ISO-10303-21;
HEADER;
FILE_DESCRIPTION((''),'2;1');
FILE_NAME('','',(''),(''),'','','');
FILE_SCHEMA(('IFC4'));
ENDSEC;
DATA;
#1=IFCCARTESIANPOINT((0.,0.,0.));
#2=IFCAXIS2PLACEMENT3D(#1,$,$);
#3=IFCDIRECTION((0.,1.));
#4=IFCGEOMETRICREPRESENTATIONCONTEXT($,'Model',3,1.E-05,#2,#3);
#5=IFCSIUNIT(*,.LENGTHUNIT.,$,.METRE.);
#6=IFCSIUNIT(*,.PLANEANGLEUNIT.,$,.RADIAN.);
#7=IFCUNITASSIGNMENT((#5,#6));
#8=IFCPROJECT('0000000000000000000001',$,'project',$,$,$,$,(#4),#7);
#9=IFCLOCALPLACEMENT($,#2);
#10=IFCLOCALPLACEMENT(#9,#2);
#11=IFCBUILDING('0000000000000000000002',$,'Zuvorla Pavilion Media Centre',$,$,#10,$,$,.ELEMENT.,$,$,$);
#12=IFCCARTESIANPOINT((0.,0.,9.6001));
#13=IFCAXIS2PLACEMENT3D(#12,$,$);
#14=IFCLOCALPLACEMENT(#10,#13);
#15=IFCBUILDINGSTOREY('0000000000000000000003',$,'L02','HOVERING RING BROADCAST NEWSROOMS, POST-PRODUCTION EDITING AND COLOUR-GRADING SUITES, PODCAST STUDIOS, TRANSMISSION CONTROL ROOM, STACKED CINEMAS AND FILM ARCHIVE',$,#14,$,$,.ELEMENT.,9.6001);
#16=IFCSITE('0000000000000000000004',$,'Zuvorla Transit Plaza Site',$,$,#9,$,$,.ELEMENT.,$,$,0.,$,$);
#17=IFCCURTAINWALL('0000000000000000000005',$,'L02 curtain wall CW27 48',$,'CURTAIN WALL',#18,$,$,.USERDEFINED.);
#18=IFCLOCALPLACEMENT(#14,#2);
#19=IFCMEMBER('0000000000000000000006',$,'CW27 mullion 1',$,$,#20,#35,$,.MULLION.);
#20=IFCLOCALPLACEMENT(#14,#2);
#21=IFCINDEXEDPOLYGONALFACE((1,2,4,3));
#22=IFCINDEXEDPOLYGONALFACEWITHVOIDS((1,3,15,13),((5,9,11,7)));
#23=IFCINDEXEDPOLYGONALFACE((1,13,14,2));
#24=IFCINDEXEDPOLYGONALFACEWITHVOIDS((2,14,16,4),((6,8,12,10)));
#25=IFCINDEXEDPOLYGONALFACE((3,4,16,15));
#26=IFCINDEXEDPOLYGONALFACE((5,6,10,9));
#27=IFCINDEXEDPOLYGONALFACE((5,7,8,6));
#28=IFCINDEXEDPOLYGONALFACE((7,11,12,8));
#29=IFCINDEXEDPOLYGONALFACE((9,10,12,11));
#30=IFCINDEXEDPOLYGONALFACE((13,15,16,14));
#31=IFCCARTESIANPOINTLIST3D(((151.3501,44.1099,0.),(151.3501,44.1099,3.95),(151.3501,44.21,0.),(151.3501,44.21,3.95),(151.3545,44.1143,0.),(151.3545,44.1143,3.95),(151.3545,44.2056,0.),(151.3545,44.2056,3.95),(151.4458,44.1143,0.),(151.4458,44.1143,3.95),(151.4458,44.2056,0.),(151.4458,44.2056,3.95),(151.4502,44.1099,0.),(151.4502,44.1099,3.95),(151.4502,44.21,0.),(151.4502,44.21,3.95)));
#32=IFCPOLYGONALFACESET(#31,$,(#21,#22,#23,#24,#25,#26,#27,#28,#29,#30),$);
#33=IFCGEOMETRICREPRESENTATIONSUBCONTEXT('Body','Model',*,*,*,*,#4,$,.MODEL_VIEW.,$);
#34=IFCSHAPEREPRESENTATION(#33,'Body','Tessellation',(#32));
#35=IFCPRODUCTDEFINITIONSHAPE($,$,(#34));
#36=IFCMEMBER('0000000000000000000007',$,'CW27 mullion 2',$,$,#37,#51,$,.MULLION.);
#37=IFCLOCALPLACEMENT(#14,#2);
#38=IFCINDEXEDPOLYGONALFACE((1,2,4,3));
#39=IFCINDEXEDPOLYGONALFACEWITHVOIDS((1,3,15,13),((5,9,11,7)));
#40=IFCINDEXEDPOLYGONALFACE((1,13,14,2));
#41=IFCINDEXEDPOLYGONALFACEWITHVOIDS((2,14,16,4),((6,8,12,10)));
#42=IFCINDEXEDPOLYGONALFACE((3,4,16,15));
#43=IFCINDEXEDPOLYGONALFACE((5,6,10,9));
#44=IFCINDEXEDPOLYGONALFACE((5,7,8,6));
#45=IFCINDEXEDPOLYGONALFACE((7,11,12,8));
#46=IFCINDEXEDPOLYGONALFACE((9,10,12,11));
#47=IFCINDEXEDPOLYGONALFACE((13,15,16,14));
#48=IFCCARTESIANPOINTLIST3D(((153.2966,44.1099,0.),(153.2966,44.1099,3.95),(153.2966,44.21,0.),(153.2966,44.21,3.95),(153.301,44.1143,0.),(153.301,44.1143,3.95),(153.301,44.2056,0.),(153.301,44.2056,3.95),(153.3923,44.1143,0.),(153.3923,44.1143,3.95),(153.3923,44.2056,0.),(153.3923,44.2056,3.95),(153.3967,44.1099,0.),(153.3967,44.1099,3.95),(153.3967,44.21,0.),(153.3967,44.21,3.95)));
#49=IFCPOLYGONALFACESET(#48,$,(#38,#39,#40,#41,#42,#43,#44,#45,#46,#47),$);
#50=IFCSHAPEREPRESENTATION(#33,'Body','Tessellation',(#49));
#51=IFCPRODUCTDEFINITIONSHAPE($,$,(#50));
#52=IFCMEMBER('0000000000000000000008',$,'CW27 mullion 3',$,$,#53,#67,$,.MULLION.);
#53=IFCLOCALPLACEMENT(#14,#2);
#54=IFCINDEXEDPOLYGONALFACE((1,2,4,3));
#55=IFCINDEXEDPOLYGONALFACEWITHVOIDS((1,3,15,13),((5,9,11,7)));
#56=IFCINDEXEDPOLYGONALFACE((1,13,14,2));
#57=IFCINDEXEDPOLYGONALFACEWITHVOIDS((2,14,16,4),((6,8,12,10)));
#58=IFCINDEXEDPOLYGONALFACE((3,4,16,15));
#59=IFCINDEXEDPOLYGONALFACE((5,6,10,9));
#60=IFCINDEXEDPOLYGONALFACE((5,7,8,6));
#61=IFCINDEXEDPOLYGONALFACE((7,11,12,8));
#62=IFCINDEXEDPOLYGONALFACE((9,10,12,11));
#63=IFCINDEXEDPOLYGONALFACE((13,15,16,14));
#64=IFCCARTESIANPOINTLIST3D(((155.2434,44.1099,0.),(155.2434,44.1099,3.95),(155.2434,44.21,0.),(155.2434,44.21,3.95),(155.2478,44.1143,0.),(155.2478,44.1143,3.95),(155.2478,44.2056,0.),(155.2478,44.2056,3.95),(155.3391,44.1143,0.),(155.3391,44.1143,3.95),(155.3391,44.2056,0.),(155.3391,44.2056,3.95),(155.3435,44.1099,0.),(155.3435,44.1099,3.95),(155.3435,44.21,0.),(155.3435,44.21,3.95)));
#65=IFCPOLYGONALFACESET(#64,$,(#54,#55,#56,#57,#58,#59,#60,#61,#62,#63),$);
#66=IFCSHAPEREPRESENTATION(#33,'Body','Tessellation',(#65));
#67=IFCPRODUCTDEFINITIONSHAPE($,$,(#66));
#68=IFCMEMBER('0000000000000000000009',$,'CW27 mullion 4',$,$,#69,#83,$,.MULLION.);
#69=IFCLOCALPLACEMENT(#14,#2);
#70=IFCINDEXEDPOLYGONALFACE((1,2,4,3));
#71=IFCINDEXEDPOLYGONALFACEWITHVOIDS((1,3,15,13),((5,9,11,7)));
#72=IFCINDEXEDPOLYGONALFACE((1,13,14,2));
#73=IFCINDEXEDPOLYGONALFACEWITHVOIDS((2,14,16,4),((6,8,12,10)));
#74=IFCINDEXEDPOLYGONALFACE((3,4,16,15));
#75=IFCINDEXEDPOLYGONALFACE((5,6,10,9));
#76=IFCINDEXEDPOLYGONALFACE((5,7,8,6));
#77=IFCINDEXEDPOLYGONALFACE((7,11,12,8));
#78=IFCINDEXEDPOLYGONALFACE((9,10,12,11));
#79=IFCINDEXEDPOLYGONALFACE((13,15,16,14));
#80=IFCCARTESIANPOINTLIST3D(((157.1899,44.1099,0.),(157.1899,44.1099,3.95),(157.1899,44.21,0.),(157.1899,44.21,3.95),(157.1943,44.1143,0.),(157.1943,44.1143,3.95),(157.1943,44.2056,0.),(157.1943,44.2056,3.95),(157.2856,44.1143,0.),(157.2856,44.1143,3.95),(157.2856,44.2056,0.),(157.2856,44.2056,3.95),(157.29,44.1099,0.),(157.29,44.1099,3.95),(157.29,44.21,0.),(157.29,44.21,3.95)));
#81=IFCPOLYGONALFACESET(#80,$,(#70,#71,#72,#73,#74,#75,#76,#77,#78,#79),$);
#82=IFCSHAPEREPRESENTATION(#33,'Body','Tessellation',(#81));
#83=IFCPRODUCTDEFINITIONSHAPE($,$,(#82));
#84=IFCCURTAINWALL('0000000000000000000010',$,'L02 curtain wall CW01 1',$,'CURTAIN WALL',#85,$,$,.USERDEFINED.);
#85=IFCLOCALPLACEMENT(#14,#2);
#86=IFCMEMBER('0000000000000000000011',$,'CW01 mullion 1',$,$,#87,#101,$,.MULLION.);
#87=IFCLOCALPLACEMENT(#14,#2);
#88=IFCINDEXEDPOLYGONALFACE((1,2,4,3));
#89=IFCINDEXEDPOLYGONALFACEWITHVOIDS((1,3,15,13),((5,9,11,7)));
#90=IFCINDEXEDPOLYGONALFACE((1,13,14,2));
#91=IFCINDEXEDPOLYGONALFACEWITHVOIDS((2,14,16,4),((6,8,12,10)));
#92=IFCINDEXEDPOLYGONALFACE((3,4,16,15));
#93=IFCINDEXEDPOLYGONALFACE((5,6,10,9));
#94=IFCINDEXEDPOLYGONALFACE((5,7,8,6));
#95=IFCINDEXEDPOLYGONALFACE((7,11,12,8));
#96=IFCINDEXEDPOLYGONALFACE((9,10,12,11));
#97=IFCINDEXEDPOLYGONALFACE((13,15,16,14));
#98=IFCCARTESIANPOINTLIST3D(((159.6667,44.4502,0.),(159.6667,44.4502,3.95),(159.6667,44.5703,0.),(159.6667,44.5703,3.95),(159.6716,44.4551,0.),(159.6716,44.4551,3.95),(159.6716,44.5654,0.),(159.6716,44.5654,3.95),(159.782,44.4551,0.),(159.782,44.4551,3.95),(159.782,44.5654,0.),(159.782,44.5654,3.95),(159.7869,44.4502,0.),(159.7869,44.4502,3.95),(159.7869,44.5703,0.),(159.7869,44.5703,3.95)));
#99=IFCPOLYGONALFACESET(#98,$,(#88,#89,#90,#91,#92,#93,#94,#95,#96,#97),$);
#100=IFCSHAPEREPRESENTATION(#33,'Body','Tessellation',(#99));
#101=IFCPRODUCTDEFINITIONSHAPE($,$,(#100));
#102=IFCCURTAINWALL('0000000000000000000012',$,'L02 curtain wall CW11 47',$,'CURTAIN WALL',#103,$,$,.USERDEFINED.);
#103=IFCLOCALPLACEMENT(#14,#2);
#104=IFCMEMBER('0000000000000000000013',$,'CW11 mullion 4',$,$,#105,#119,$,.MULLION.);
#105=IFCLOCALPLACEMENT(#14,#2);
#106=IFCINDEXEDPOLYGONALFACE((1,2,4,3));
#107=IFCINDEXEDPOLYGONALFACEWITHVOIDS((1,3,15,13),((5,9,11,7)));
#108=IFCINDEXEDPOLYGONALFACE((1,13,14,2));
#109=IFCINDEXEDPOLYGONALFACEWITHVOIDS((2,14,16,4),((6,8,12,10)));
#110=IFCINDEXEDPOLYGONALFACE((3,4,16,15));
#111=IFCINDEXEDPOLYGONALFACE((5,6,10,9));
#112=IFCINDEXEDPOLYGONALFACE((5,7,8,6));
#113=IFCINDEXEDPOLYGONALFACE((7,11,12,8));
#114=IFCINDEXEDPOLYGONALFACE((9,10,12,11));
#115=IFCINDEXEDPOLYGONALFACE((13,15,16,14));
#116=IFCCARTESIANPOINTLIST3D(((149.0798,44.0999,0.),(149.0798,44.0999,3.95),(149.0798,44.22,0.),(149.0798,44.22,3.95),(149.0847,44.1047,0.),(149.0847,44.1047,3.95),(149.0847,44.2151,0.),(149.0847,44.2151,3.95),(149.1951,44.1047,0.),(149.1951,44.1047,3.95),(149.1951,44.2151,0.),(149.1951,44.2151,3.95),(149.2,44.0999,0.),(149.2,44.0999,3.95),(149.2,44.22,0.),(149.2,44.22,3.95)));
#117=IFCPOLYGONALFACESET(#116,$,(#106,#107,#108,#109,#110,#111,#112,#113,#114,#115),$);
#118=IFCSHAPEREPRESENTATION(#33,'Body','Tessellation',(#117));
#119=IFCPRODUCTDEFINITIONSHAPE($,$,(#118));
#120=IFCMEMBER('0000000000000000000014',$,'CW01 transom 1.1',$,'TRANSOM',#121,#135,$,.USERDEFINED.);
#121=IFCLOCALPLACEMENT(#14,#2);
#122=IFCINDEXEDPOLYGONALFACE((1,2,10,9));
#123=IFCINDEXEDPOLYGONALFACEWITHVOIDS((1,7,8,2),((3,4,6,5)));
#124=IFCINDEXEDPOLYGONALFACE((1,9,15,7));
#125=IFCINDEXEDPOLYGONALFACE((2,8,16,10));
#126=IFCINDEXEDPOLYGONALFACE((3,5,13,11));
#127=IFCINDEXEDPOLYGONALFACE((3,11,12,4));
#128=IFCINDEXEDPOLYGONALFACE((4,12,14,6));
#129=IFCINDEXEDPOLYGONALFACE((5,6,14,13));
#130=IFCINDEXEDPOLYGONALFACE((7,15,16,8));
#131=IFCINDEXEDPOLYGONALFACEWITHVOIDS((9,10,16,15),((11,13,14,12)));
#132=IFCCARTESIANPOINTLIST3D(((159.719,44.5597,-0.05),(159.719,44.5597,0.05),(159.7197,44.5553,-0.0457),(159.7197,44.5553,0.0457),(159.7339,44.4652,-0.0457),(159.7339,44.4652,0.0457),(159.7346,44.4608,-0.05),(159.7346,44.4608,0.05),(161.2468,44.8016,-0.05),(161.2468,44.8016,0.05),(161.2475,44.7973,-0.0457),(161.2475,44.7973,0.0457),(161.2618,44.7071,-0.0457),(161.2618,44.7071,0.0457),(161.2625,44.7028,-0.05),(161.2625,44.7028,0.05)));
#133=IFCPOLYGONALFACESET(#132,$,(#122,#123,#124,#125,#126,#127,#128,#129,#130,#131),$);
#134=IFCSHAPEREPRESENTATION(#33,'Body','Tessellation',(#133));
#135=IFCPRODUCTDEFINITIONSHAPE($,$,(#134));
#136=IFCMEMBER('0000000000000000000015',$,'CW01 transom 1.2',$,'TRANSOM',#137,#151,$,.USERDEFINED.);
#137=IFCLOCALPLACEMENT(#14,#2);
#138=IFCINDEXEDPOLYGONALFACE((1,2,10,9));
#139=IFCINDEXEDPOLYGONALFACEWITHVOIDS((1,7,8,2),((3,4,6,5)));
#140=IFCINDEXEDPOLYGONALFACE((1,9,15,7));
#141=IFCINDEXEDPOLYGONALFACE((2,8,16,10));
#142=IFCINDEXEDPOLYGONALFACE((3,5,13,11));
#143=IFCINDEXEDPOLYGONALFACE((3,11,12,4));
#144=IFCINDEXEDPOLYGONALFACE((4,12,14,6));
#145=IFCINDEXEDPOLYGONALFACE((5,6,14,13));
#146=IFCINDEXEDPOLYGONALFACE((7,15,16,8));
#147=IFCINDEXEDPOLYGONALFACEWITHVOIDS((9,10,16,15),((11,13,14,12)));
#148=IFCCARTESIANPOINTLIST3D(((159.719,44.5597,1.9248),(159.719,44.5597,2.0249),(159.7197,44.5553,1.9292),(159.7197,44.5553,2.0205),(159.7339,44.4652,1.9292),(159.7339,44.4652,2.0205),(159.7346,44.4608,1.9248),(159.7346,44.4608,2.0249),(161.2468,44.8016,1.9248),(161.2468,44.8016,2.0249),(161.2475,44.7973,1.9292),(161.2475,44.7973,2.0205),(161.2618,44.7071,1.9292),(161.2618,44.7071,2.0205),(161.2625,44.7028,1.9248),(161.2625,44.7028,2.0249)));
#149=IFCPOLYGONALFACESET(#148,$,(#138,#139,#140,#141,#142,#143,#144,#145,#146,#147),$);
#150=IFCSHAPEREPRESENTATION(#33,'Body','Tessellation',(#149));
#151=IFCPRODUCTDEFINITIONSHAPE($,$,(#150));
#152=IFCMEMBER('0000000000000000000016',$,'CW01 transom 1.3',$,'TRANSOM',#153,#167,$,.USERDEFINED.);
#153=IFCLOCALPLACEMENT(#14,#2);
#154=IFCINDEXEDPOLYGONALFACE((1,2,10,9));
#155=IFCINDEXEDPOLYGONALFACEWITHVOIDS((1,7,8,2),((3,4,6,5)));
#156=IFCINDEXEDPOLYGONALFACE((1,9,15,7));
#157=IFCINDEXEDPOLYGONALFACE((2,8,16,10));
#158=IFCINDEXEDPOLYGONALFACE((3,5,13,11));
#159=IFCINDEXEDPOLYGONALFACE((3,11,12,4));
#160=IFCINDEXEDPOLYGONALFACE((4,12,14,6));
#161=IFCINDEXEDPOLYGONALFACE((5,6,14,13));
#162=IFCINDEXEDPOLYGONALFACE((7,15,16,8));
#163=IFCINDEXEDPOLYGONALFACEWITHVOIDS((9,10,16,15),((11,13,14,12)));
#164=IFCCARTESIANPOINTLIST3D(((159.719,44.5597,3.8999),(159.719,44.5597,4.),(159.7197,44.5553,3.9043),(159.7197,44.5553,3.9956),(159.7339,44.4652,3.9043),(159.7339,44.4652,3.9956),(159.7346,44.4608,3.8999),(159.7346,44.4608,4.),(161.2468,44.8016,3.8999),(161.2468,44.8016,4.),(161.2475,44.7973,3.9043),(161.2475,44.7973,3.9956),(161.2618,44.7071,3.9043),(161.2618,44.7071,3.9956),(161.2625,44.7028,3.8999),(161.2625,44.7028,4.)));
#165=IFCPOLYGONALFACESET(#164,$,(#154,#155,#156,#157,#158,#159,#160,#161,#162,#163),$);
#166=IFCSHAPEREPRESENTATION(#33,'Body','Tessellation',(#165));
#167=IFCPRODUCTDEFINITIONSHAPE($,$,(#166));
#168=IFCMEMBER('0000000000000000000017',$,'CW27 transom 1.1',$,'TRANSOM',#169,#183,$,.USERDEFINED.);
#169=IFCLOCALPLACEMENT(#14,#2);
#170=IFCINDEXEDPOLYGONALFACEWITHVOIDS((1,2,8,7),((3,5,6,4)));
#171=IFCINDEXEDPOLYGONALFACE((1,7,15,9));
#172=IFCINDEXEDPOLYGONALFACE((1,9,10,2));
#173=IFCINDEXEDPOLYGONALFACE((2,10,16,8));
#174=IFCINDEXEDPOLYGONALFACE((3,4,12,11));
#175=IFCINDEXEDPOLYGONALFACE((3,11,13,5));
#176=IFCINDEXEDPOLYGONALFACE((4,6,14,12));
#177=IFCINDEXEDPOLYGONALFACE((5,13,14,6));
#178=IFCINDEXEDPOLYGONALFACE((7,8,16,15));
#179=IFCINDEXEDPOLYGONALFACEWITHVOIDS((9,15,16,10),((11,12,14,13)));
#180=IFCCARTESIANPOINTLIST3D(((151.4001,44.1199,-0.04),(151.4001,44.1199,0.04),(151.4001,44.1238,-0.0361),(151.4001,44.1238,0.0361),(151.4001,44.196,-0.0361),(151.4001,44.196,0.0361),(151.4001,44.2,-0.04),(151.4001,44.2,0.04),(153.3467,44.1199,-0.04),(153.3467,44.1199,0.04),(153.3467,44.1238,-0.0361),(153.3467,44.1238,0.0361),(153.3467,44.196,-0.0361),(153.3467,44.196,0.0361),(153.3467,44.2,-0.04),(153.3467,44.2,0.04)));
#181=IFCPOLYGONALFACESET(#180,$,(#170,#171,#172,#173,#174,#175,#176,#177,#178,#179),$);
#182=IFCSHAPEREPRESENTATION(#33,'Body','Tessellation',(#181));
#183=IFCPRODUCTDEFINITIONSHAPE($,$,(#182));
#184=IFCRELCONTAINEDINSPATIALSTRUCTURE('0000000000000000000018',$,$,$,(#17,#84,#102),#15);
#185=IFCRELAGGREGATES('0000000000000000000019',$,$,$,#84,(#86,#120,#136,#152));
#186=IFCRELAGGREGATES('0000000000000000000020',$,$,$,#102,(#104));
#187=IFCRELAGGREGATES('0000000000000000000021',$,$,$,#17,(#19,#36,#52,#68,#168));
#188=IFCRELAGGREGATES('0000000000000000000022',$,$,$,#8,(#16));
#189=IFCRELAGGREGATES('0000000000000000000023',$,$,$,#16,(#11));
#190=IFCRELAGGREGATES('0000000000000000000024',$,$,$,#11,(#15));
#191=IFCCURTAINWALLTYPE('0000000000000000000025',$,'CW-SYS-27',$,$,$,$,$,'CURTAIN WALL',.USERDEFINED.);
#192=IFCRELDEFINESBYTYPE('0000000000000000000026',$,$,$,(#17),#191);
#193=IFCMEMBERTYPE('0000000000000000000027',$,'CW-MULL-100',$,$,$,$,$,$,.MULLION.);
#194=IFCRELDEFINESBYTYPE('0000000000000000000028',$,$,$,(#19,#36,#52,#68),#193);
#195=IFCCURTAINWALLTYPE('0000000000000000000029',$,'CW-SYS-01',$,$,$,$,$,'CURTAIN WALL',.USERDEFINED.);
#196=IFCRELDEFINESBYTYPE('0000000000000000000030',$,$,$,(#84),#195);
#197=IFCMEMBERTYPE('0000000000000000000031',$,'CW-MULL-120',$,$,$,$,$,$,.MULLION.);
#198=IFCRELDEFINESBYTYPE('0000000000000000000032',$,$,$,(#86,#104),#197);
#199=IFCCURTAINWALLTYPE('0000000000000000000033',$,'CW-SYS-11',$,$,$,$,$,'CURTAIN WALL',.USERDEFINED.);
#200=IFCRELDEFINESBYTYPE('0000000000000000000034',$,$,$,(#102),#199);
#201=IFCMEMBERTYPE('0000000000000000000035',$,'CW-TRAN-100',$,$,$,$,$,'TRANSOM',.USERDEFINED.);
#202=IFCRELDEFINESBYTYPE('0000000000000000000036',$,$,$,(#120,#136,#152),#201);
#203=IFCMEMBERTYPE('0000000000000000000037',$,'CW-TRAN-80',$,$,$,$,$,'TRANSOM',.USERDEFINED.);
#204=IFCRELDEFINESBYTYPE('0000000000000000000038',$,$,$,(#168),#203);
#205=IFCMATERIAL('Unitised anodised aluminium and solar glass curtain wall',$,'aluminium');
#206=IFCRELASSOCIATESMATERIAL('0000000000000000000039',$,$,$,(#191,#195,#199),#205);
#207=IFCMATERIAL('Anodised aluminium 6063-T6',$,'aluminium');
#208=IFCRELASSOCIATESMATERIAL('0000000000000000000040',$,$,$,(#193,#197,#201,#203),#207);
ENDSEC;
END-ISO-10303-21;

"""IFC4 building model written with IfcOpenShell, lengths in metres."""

from ifc_helpers import new_model, si_unit, direction, frame, origin, origin_2d, place, context, subcontext, project, spatial, hollow_rectangle, extrude, material, material_profile, profile_set, type_object, element, aggregate, save


model = new_model("IFC4")

# Units and contexts
model_context = context("Model", 3, precision=1e-05, world=origin(), true_north=direction((0.0, 1.0)))
body_context = subcontext(model_context, "Body", "Model", "MODEL_VIEW")
ifc_project = project(units=[si_unit("LENGTHUNIT", "METRE"), si_unit("PLANEANGLEUNIT", "RADIAN")], contexts=[model_context])

# Site, building, storey
site_placement = place(None, origin())
site = spatial("IfcSite", under=ifc_project, at=site_placement, Name="Zuvorla Transit Plaza Site", CompositionType="ELEMENT", RefElevation=0.0)
building_placement = place(site_placement, origin())
building = spatial("IfcBuilding", under=site, at=building_placement, Name="Zuvorla Pavilion Media Centre", CompositionType="ELEMENT")
storey_placement = place(building_placement, frame((0.0, 0.0, 9.6001)))
storey = spatial("IfcBuildingStorey", under=building, at=storey_placement, Name="L02", Description="HOVERING RING BROADCAST NEWSROOMS, POST-PRODUCTION EDITING AND COLOUR-GRADING SUITES, PODCAST STUDIOS, TRANSMISSION CONTROL ROOM, STACKED CINEMAS AND FILM ARCHIVE", CompositionType="ELEMENT", Elevation=9.6001)

# Curtain wall, members
ifc_material_1 = material(Name="Unitised anodised aluminium and solar glass curtain wall", Category="aluminium")
curtain_wall_type_1 = type_object("IfcCurtainWallType", Name="CW-SYS-27", ElementType="CURTAIN WALL", PredefinedType="USERDEFINED", material=ifc_material_1)
curtain_wall_1_placement = place(storey_placement, origin())
curtain_wall_1 = element("IfcCurtainWall", 1, at=curtain_wall_1_placement, inside=storey, type_object=curtain_wall_type_1, Name="L02 curtain wall CW27 48", ObjectType="CURTAIN WALL", PredefinedType="USERDEFINED")
ifc_material_2 = material(Name="Anodised aluminium 6063-T6", Category="aluminium")
ifc_material_profile_1 = material_profile(ifc_material_2, hollow_rectangle(XDim=0.1001, YDim=0.1001, WallThickness=0.0044, at=origin_2d()), Name="ALU MULL 100x100")
ifc_profile_set_1 = profile_set([ifc_material_profile_1], Name="Anodised aluminium 6063-T6")
member_type_1 = type_object("IfcMemberType", Name="CW-MULL-100", PredefinedType="MULLION", material=ifc_profile_set_1)
member_1_placement = place(storey_placement, frame((151.4001, 44.1599, 0.0), z_axis=(0.0, 0.0, 1.0), x_axis=(1.0, 0.0, 0.0)))
member_1 = element("IfcMember", 2, at=member_1_placement, type_object=member_type_1, Name="CW27 mullion 1", PredefinedType="MULLION", context=body_context, shape_type="SweptSolid", body=[
    extrude(hollow_rectangle(XDim=0.1001, YDim=0.1001, WallThickness=0.0044, at=origin_2d()), origin(), (0.0, 0.0, 1.0), 3.95),
])
member_2_placement = place(storey_placement, frame((153.3467, 44.1599, 0.0), z_axis=(0.0, 0.0, 1.0), x_axis=(1.0, 0.0, 0.0)))
member_2 = element("IfcMember", 3, at=member_2_placement, type_object=member_type_1, Name="CW27 mullion 2", PredefinedType="MULLION", context=body_context, shape_type="SweptSolid", body=[
    extrude(hollow_rectangle(XDim=0.1001, YDim=0.1001, WallThickness=0.0044, at=origin_2d()), origin(), (0.0, 0.0, 1.0), 3.95),
])
member_3_placement = place(storey_placement, frame((155.2935, 44.1599, 0.0), z_axis=(0.0, 0.0, 1.0), x_axis=(1.0, 0.0, 0.0)))
member_3 = element("IfcMember", 4, at=member_3_placement, type_object=member_type_1, Name="CW27 mullion 3", PredefinedType="MULLION", context=body_context, shape_type="SweptSolid", body=[
    extrude(hollow_rectangle(XDim=0.1001, YDim=0.1001, WallThickness=0.0044, at=origin_2d()), origin(), (0.0, 0.0, 1.0), 3.95),
])
member_4_placement = place(storey_placement, frame((157.24, 44.1599, 0.0), z_axis=(0.0, 0.0, 1.0), x_axis=(1.0, 0.0, 0.0)))
member_4 = element("IfcMember", 5, at=member_4_placement, type_object=member_type_1, Name="CW27 mullion 4", PredefinedType="MULLION", context=body_context, shape_type="SweptSolid", body=[
    extrude(hollow_rectangle(XDim=0.1001, YDim=0.1001, WallThickness=0.0044, at=origin_2d()), origin(), (0.0, 0.0, 1.0), 3.95),
])

# Curtain walls, members
curtain_wall_type_2 = type_object("IfcCurtainWallType", Name="CW-SYS-01", ElementType="CURTAIN WALL", PredefinedType="USERDEFINED", material=ifc_material_1)
curtain_wall_2_placement = place(storey_placement, origin())
curtain_wall_2 = element("IfcCurtainWall", 6, at=curtain_wall_2_placement, inside=storey, type_object=curtain_wall_type_2, Name="L02 curtain wall CW01 1", ObjectType="CURTAIN WALL", PredefinedType="USERDEFINED")
ifc_material_profile_2 = material_profile(ifc_material_2, hollow_rectangle(XDim=0.1201, YDim=0.1201, WallThickness=0.0049, at=origin_2d()), Name="ALU MULL 120x120")
ifc_profile_set_2 = profile_set([ifc_material_profile_2], Name="Anodised aluminium 6063-T6")
member_type_2 = type_object("IfcMemberType", Name="CW-MULL-120", PredefinedType="MULLION", material=ifc_profile_set_2)
member_5_placement = place(storey_placement, frame((159.7268, 44.5103, 0.0), z_axis=(0.0, 0.0, 1.0), x_axis=(1.0, 0.0, 0.0)))
member_5 = element("IfcMember", 7, at=member_5_placement, type_object=member_type_2, Name="CW01 mullion 1", PredefinedType="MULLION", context=body_context, shape_type="SweptSolid", body=[
    extrude(hollow_rectangle(XDim=0.1201, YDim=0.1201, WallThickness=0.0049, at=origin_2d()), origin(), (0.0, 0.0, 1.0), 3.95),
])
curtain_wall_type_3 = type_object("IfcCurtainWallType", Name="CW-SYS-11", ElementType="CURTAIN WALL", PredefinedType="USERDEFINED", material=ifc_material_1)
curtain_wall_3_placement = place(storey_placement, origin())
curtain_wall_3 = element("IfcCurtainWall", 8, at=curtain_wall_3_placement, inside=storey, type_object=curtain_wall_type_3, Name="L02 curtain wall CW11 47", ObjectType="CURTAIN WALL", PredefinedType="USERDEFINED")
member_6_placement = place(storey_placement, frame((149.1399, 44.1599, 0.0), z_axis=(0.0, 0.0, 1.0), x_axis=(1.0, 0.0, 0.0)))
member_6 = element("IfcMember", 9, at=member_6_placement, type_object=member_type_2, Name="CW11 mullion 4", PredefinedType="MULLION", context=body_context, shape_type="SweptSolid", body=[
    extrude(hollow_rectangle(XDim=0.1201, YDim=0.1201, WallThickness=0.0049, at=origin_2d()), origin(), (0.0, 0.0, 1.0), 3.95),
])

# Members
ifc_material_profile_3 = material_profile(ifc_material_2, hollow_rectangle(XDim=0.1001, YDim=0.1001, WallThickness=0.0044, at=origin_2d()), Name="ALU TRAN 100x100")
ifc_profile_set_3 = profile_set([ifc_material_profile_3], Name="Anodised aluminium 6063-T6")
member_type_3 = type_object("IfcMemberType", Name="CW-TRAN-100", ElementType="TRANSOM", PredefinedType="USERDEFINED", material=ifc_profile_set_3)
member_7_placement = place(storey_placement, frame((159.7268, 44.5103, 0.0), z_axis=(0.987692, 0.156408, 0.0), x_axis=(-0.156408, 0.987692, 0.0)))
member_7 = element("IfcMember", 10, at=member_7_placement, type_object=member_type_3, Name="CW01 transom 1.1", ObjectType="TRANSOM", PredefinedType="USERDEFINED", context=body_context, shape_type="SweptSolid", body=[
    extrude(hollow_rectangle(XDim=0.1001, YDim=0.1001, WallThickness=0.0044, at=origin_2d()), origin(), (0.0, 0.0, 1.0), 1.5469),
])
member_8_placement = place(storey_placement, frame((159.7268, 44.5103, 1.9749), z_axis=(0.987692, 0.156408, 0.0), x_axis=(-0.156408, 0.987692, 0.0)))
member_8 = element("IfcMember", 11, at=member_8_placement, type_object=member_type_3, Name="CW01 transom 1.2", ObjectType="TRANSOM", PredefinedType="USERDEFINED", context=body_context, shape_type="SweptSolid", body=[
    extrude(hollow_rectangle(XDim=0.1001, YDim=0.1001, WallThickness=0.0044, at=origin_2d()), origin(), (0.0, 0.0, 1.0), 1.5469),
])
member_9_placement = place(storey_placement, frame((159.7268, 44.5103, 3.95), z_axis=(0.987692, 0.156408, 0.0), x_axis=(-0.156408, 0.987692, 0.0)))
member_9 = element("IfcMember", 12, at=member_9_placement, type_object=member_type_3, Name="CW01 transom 1.3", ObjectType="TRANSOM", PredefinedType="USERDEFINED", context=body_context, shape_type="SweptSolid", body=[
    extrude(hollow_rectangle(XDim=0.1001, YDim=0.1001, WallThickness=0.0044, at=origin_2d()), origin(), (0.0, 0.0, 1.0), 1.5469),
])
aggregate(curtain_wall_2, [member_5, member_7, member_8, member_9])
ifc_material_profile_4 = material_profile(ifc_material_2, hollow_rectangle(XDim=0.0801, YDim=0.0801, WallThickness=0.0039, at=origin_2d()), Name="ALU TRAN 80x80")
ifc_profile_set_4 = profile_set([ifc_material_profile_4], Name="Anodised aluminium 6063-T6")
member_type_4 = type_object("IfcMemberType", Name="CW-TRAN-80", ElementType="TRANSOM", PredefinedType="USERDEFINED", material=ifc_profile_set_4)
member_10_placement = place(storey_placement, frame((151.4001, 44.1599, 0.0), z_axis=(1.0, 0.0, 0.0), x_axis=(0.0, 1.0, 0.0)))
member_10 = element("IfcMember", 13, at=member_10_placement, type_object=member_type_4, Name="CW27 transom 1.1", ObjectType="TRANSOM", PredefinedType="USERDEFINED", context=body_context, shape_type="SweptSolid", body=[
    extrude(hollow_rectangle(XDim=0.0801, YDim=0.0801, WallThickness=0.0039, at=origin_2d()), origin(), (0.0, 0.0, 1.0), 1.9465),
])

aggregate(curtain_wall_3, [member_6])
aggregate(curtain_wall_1, [member_1, member_2, member_3, member_4, member_10])

save(model, "model.ifc")
